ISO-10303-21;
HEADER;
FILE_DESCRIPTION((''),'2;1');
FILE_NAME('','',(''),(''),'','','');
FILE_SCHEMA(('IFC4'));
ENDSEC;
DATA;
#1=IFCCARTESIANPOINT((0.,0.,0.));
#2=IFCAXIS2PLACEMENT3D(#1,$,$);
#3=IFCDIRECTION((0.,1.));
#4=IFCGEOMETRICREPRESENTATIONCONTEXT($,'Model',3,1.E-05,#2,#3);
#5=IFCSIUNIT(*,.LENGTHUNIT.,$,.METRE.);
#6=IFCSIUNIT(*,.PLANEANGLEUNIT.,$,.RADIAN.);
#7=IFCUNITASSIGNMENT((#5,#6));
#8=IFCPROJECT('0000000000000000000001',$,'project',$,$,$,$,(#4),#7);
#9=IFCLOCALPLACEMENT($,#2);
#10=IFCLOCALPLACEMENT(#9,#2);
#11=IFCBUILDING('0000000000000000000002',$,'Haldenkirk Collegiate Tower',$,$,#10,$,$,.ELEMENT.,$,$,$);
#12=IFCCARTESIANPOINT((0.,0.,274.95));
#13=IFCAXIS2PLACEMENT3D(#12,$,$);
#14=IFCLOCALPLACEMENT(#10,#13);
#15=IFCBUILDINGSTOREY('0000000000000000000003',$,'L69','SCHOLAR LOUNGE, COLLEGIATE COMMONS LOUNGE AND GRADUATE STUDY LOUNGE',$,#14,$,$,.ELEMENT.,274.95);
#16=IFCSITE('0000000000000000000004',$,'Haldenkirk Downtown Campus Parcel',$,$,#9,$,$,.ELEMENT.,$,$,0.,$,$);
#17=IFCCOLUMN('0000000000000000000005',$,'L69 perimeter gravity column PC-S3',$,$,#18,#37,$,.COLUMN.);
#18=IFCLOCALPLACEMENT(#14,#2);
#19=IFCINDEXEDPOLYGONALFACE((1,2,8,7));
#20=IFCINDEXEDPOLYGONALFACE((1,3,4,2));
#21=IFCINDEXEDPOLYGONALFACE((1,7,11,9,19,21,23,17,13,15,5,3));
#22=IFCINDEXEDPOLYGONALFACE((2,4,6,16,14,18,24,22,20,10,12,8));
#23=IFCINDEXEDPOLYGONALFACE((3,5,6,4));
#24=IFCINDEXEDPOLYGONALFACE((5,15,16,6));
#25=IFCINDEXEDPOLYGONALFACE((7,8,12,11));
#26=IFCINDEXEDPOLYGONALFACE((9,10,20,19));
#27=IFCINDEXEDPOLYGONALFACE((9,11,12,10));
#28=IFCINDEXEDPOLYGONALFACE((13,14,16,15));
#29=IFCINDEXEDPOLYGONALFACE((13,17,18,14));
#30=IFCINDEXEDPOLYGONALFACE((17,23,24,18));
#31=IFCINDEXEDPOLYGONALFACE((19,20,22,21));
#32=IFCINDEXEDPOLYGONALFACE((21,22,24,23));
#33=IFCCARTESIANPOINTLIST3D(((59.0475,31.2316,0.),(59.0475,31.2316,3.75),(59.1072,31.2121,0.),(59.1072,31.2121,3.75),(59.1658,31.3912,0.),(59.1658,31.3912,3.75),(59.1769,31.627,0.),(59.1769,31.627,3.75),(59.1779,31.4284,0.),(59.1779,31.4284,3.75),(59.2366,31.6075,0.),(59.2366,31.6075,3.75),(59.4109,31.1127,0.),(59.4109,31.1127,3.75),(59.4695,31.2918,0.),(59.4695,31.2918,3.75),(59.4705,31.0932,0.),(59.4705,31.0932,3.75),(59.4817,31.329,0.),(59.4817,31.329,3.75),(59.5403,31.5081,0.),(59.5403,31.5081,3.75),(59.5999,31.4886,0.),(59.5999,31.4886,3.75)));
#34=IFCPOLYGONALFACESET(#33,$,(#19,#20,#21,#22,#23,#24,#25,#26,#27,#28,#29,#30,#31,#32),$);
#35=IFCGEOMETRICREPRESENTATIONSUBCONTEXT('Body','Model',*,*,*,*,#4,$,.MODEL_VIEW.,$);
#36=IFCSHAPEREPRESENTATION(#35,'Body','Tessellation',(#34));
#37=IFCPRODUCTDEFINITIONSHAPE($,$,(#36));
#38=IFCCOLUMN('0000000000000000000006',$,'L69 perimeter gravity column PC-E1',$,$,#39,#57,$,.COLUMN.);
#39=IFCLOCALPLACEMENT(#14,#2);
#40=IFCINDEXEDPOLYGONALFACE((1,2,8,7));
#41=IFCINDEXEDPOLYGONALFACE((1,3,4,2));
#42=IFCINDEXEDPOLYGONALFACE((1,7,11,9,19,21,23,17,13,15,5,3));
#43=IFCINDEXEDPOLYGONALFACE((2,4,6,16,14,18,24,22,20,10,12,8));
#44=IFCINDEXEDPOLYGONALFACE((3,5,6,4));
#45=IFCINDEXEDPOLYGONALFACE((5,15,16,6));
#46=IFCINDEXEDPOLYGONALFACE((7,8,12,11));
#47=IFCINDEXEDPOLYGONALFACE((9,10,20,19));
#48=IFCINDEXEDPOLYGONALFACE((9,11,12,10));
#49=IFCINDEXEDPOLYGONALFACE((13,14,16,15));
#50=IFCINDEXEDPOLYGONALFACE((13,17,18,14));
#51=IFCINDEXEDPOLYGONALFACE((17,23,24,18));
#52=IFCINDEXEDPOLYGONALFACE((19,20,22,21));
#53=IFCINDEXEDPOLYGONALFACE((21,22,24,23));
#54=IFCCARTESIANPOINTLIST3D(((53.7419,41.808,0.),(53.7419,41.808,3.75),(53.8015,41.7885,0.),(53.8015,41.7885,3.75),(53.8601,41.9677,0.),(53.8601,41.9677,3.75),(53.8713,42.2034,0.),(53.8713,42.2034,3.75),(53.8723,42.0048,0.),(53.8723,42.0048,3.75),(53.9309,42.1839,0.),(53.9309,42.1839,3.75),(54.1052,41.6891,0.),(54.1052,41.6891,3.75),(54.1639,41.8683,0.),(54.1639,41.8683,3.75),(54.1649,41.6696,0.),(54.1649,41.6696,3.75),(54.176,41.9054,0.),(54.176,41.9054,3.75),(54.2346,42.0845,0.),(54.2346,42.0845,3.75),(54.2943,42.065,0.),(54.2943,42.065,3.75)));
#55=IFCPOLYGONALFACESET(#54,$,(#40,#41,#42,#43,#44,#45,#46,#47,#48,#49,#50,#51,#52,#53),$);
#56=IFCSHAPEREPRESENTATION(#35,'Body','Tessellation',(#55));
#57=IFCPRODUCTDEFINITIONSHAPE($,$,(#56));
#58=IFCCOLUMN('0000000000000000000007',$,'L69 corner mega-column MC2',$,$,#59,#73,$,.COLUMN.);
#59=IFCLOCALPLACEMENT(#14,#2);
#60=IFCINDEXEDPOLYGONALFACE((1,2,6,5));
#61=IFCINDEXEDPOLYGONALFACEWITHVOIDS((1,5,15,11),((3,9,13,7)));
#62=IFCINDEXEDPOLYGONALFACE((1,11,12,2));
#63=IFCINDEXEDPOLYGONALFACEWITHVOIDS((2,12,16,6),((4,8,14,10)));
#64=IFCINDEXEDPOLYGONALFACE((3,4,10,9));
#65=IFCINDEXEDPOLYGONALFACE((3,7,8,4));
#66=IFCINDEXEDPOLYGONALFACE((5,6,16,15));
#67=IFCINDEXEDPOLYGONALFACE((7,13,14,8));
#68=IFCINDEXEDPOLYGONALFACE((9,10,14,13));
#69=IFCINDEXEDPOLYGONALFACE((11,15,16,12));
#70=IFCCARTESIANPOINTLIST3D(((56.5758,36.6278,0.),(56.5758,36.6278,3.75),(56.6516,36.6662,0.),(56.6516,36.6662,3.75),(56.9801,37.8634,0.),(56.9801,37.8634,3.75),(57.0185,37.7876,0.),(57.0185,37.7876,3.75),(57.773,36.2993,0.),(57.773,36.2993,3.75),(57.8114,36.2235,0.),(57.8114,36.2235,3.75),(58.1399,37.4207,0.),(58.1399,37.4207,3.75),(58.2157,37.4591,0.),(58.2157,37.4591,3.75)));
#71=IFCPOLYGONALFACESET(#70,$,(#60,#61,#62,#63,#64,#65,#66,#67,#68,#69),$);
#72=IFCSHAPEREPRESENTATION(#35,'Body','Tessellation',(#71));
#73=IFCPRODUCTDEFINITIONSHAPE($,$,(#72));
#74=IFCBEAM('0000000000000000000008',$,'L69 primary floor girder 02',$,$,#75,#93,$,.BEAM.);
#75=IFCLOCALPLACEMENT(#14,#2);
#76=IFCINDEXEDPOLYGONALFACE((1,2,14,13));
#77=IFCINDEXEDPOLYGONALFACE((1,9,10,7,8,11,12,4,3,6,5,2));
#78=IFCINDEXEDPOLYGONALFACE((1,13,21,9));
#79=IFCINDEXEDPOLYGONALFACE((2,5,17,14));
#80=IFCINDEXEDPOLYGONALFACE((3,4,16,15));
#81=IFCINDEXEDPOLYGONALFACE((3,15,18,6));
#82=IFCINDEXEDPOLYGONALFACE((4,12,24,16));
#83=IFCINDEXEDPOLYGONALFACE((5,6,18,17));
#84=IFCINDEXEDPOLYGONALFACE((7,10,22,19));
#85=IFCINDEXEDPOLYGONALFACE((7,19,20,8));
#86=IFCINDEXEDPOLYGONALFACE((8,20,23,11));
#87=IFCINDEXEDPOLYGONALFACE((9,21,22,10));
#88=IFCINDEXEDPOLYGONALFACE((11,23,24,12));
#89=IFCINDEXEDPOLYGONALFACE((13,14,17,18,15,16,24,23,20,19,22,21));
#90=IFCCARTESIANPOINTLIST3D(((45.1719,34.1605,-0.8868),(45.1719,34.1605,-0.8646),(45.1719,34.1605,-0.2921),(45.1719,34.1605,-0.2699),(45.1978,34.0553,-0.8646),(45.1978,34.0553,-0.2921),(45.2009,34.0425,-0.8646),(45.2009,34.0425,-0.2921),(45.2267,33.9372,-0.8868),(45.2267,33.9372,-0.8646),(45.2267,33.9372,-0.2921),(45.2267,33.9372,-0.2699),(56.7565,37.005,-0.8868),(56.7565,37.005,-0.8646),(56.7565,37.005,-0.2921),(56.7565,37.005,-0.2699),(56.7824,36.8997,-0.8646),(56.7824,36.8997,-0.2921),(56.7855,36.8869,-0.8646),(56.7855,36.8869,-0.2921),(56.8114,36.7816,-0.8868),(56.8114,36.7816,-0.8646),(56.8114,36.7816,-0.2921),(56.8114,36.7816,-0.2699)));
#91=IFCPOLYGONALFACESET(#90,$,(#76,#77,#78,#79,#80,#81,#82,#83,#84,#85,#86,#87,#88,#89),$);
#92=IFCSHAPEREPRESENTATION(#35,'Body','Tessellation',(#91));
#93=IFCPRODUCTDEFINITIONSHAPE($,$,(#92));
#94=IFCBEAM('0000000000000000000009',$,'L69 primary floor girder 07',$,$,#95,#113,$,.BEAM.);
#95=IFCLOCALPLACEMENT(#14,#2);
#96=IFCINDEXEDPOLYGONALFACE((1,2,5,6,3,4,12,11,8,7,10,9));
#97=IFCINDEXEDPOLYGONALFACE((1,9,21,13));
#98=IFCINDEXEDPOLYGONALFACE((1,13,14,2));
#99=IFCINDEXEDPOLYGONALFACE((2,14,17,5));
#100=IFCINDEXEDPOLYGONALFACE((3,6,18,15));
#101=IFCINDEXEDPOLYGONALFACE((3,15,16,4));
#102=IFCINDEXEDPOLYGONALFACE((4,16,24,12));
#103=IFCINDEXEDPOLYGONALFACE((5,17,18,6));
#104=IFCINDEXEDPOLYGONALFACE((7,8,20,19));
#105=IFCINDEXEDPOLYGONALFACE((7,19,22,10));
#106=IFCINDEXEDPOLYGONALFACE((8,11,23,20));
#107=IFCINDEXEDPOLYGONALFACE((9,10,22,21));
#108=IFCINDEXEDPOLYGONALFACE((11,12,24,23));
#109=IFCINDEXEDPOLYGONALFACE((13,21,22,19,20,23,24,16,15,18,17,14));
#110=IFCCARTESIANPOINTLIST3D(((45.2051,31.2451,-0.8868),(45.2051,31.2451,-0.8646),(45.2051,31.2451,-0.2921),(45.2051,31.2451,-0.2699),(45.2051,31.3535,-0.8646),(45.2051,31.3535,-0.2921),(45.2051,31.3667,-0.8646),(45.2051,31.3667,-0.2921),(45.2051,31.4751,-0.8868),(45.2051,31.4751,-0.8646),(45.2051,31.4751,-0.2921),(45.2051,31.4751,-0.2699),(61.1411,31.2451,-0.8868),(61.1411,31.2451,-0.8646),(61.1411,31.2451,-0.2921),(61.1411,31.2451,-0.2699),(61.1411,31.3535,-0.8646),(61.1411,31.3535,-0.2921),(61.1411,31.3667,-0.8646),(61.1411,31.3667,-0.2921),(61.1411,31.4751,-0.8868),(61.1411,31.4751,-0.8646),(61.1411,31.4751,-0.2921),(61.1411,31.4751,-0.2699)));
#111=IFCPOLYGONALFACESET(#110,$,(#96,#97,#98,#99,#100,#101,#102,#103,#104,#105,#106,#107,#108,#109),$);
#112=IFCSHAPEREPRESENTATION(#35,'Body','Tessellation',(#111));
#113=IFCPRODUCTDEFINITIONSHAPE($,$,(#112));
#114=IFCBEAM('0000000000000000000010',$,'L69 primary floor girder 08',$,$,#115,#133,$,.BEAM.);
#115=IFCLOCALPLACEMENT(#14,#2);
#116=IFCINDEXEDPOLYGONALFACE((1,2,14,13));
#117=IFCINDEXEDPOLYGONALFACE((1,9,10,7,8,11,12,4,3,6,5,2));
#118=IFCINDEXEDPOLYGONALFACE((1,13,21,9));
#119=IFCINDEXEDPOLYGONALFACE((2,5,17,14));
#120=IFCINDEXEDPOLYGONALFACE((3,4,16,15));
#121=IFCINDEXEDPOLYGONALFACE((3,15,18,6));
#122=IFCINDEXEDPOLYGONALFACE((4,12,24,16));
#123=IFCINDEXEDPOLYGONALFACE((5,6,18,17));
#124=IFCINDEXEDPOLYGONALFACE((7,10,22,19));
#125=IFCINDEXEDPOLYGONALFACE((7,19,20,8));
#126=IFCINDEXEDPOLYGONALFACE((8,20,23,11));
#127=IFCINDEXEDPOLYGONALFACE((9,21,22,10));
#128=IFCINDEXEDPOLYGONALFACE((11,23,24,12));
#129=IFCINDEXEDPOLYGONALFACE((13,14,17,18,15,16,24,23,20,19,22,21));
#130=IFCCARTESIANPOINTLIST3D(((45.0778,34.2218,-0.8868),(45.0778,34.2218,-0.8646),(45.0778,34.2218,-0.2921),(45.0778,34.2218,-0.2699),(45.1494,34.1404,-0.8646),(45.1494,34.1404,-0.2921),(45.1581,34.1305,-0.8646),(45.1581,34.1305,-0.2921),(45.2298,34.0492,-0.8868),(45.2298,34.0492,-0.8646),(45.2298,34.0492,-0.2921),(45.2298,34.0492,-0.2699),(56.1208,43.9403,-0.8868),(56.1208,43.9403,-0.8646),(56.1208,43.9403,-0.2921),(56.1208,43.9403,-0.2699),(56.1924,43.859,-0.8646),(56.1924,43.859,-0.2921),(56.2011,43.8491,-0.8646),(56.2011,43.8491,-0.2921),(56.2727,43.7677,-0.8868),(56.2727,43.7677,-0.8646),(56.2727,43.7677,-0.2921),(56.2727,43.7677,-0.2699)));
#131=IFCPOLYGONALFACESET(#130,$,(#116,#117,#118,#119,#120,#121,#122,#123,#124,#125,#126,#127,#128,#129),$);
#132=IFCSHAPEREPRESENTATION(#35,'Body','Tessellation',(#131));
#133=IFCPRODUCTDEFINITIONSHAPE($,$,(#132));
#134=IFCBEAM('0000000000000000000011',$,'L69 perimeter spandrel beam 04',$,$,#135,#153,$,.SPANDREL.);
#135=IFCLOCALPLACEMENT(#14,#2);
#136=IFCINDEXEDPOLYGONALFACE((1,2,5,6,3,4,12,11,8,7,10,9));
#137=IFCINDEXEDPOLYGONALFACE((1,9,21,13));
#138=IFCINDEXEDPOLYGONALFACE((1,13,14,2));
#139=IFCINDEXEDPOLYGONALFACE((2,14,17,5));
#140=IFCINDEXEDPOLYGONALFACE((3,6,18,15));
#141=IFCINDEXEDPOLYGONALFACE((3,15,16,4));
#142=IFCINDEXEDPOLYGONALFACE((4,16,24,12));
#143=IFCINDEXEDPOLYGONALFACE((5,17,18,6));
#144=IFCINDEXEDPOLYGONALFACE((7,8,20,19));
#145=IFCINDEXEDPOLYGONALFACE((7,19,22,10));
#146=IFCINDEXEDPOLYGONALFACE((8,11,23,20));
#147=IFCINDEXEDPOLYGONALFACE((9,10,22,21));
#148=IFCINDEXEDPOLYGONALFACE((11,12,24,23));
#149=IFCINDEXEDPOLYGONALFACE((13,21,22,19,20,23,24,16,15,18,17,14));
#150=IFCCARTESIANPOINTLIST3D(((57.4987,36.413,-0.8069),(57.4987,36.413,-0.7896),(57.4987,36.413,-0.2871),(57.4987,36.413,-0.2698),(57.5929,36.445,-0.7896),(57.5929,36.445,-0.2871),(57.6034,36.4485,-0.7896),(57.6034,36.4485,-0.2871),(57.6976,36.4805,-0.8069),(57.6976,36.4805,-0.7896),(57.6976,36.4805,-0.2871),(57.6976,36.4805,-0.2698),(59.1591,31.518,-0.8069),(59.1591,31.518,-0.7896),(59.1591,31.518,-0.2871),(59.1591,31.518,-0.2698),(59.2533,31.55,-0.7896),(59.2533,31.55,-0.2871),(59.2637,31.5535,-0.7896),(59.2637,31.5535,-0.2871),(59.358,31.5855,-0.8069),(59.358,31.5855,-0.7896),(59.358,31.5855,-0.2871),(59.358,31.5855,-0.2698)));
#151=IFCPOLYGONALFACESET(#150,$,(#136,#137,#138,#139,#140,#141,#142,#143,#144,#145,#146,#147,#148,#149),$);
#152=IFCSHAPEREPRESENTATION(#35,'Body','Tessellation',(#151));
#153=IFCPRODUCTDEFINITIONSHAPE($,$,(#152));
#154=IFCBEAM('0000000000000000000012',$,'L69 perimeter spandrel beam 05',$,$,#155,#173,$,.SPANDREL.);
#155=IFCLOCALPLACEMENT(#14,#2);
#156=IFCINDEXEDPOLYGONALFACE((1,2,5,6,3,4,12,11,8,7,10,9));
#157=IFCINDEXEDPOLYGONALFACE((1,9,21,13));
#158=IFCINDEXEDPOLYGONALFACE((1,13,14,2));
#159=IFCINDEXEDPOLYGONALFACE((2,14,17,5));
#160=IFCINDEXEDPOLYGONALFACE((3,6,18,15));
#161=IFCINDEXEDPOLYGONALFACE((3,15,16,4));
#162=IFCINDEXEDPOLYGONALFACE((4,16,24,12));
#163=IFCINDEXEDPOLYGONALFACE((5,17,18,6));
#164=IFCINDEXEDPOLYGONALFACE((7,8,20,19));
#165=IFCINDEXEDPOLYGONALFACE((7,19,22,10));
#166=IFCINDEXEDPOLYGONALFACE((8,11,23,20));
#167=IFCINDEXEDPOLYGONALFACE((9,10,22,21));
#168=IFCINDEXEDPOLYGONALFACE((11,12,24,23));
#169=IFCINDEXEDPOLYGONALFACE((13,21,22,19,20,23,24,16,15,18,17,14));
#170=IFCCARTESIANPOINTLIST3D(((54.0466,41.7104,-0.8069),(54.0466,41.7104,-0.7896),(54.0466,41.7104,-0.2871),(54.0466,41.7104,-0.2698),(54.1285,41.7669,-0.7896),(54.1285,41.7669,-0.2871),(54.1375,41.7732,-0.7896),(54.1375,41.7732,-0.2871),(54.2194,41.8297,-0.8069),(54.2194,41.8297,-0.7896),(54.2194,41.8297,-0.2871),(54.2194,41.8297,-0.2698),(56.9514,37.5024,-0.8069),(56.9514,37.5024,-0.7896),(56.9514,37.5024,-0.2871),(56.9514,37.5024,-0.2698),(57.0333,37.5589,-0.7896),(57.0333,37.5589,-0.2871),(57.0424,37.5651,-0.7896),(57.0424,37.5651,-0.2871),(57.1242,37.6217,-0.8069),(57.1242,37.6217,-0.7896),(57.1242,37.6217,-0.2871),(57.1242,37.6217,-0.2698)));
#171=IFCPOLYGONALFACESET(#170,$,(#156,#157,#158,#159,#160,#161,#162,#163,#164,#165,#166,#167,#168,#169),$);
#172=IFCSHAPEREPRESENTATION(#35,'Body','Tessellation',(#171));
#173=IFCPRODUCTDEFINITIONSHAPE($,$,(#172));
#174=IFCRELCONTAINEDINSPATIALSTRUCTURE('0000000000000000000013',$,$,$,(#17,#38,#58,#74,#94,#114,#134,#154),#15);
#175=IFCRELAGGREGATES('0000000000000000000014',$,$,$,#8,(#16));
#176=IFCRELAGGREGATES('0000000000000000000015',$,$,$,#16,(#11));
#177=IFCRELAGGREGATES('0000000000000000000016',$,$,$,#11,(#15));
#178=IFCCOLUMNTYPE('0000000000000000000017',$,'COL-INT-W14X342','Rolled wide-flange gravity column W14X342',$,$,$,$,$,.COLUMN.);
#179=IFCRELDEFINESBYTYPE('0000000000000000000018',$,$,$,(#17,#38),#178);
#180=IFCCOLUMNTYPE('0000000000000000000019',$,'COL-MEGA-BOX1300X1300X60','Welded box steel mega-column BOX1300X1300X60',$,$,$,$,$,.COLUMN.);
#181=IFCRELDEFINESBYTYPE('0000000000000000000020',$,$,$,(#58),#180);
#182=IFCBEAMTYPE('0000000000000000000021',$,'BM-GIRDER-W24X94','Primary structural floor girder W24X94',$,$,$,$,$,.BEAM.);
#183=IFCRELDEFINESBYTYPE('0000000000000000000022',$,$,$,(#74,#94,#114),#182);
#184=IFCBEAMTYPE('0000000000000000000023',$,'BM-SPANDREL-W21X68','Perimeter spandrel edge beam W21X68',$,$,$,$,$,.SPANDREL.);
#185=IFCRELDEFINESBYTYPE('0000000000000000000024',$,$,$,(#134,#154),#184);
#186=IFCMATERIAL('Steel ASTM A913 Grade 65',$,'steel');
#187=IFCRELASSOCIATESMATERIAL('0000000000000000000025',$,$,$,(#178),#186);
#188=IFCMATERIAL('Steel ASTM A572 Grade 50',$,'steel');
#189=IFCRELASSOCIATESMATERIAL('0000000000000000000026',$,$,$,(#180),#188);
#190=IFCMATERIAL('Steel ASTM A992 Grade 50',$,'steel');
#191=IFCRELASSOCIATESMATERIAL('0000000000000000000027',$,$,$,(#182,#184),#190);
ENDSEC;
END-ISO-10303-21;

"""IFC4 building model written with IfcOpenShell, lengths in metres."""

from ifc_helpers import new_model, si_unit, direction, frame, origin, origin_2d, place, context, subcontext, project, spatial, hollow_rectangle, i_section, extrude, material, material_profile, profile_set, type_object, element, save


model = new_model("IFC4")

# Units and contexts
model_context = context("Model", 3, precision=1e-05, world=origin(), true_north=direction((0.0, 1.0)))
body_context = subcontext(model_context, "Body", "Model", "MODEL_VIEW")
ifc_project = project(units=[si_unit("LENGTHUNIT", "METRE"), si_unit("PLANEANGLEUNIT", "RADIAN")], contexts=[model_context])

# Site, building, storey
site_placement = place(None, origin())
site = spatial("IfcSite", under=ifc_project, at=site_placement, Name="Haldenkirk Downtown Campus Parcel", CompositionType="ELEMENT", RefElevation=0.0)
building_placement = place(site_placement, origin())
building = spatial("IfcBuilding", under=site, at=building_placement, Name="Haldenkirk Collegiate Tower", CompositionType="ELEMENT")
storey_placement = place(building_placement, frame((0.0, 0.0, 274.95)))
storey = spatial("IfcBuildingStorey", under=building, at=storey_placement, Name="L69", Description="SCHOLAR LOUNGE, COLLEGIATE COMMONS LOUNGE AND GRADUATE STUDY LOUNGE", CompositionType="ELEMENT", Elevation=274.95)

# Columns
ifc_material_1 = material(Name="Steel ASTM A913 Grade 65", Category="steel")
ifc_material_profile_1 = material_profile(ifc_material_1, i_section(OverallWidth=0.416, OverallDepth=0.4451, WebThickness=0.0391, FlangeThickness=0.0627, at=origin_2d()), Name="W14X342")
ifc_profile_set_1 = profile_set([ifc_material_profile_1], Name="Steel ASTM A913 Grade 65")
column_type_1 = type_object("IfcColumnType", Name="COL-INT-W14X342", Description="Rolled wide-flange gravity column W14X342", PredefinedType="COLUMN", material=ifc_profile_set_1)
for number, where, z_axis, x_axis, name in (
    (1, (59.3237, 31.3601, 0.0), (0.0, 0.0, 1.0), (0.311008, 0.950407, 0.0), "L69 perimeter gravity column PC-S3"),
    (2, (54.0181, 41.9365, 0.0), (0.0, 0.0, 1.0), (0.311008, 0.950407, 0.0), "L69 perimeter gravity column PC-E1"),
):
    element("IfcColumn", number, at=place(storey_placement, frame(where, z_axis=z_axis, x_axis=x_axis)), inside=storey, type_object=column_type_1, Name=name, PredefinedType="COLUMN", context=body_context, shape_type="SweptSolid", body=[
        extrude(i_section(OverallWidth=0.416, OverallDepth=0.4451, WebThickness=0.0391, FlangeThickness=0.0627, at=origin_2d()), origin(), (0.0, 0.0, 1.0), 3.75),
    ])
ifc_material_2 = material(Name="Steel ASTM A572 Grade 50", Category="steel")
ifc_material_profile_2 = material_profile(ifc_material_2, hollow_rectangle(XDim=1.3, YDim=1.3, WallThickness=0.0601, at=origin_2d()), Name="BOX1300X1300X60")
ifc_profile_set_2 = profile_set([ifc_material_profile_2], Name="Steel ASTM A572 Grade 50")
column_type_2 = type_object("IfcColumnType", Name="COL-MEGA-BOX1300X1300X60", Description="Welded box steel mega-column BOX1300X1300X60", PredefinedType="COLUMN", material=ifc_profile_set_2)
column_placement = place(storey_placement, frame((57.3958, 37.0435, 0.0), z_axis=(0.0, 0.0, 1.0), x_axis=(0.311008, 0.950407, 0.0)))
element("IfcColumn", 3, at=column_placement, inside=storey, type_object=column_type_2, Name="L69 corner mega-column MC2", PredefinedType="COLUMN", context=body_context, shape_type="SweptSolid", body=[
    extrude(hollow_rectangle(XDim=1.3, YDim=1.3, WallThickness=0.0601, at=origin_2d()), origin(), (0.0, 0.0, 1.0), 3.75),
])

# Beams
ifc_material_3 = material(Name="Steel ASTM A992 Grade 50", Category="steel")
ifc_material_profile_3 = material_profile(ifc_material_3, i_section(OverallWidth=0.23, OverallDepth=0.6169, WebThickness=0.0132, FlangeThickness=0.0222, at=origin_2d()), Name="W24X94")
ifc_profile_set_3 = profile_set([ifc_material_profile_3], Name="Steel ASTM A992 Grade 50")
beam_type_1 = type_object("IfcBeamType", Name="BM-GIRDER-W24X94", Description="Primary structural floor girder W24X94", PredefinedType="BEAM", material=ifc_profile_set_3)
beam_1_placement = place(storey_placement, frame((56.7839, 36.8933, -0.5784), z_axis=(-0.971154, -0.238455, 0.0), x_axis=(0.238455, -0.971154, 0.0)))
element("IfcBeam", 4, at=beam_1_placement, inside=storey, type_object=beam_type_1, Name="L69 primary floor girder 02", PredefinedType="BEAM", context=body_context, shape_type="SweptSolid", body=[
    extrude(i_section(OverallWidth=0.23, OverallDepth=0.6169, WebThickness=0.0132, FlangeThickness=0.0222, at=origin_2d()), origin(), (0.0, 0.0, 1.0), 11.9287),
])
beam_2_placement = place(storey_placement, frame((61.1411, 31.3601, -0.5784), z_axis=(-1.0, 0.0, 0.0), x_axis=(0.0, -1.0, 0.0)))
element("IfcBeam", 5, at=beam_2_placement, inside=storey, type_object=beam_type_1, Name="L69 primary floor girder 07", PredefinedType="BEAM", context=body_context, shape_type="SweptSolid", body=[
    extrude(i_section(OverallWidth=0.23, OverallDepth=0.6169, WebThickness=0.0132, FlangeThickness=0.0222, at=origin_2d()), origin(), (0.0, 0.0, 1.0), 15.936),
])
beam_3_placement = place(storey_placement, frame((56.1968, 43.854, -0.5784), z_axis=(-0.75069, -0.660654, 0.0), x_axis=(0.660654, -0.75069, 0.0)))
element("IfcBeam", 6, at=beam_3_placement, inside=storey, type_object=beam_type_1, Name="L69 primary floor girder 08", PredefinedType="BEAM", context=body_context, shape_type="SweptSolid", body=[
    extrude(i_section(OverallWidth=0.23, OverallDepth=0.6169, WebThickness=0.0132, FlangeThickness=0.0222, at=origin_2d()), origin(), (0.0, 0.0, 1.0), 14.7104),
])
ifc_material_profile_4 = material_profile(ifc_material_3, i_section(OverallWidth=0.21, OverallDepth=0.5371, WebThickness=0.011, FlangeThickness=0.0173, at=origin_2d()), Name="W21X68")
ifc_profile_set_4 = profile_set([ifc_material_profile_4], Name="Steel ASTM A992 Grade 50")
beam_type_2 = type_object("IfcBeamType", Name="BM-SPANDREL-W21X68", Description="Perimeter spandrel edge beam W21X68", PredefinedType="SPANDREL", material=ifc_profile_set_4)
beam_4_placement = place(storey_placement, frame((59.2585, 31.5518, -0.5383), z_axis=(-0.321225, 0.947003, 0.0), x_axis=(-0.947003, -0.321225, 0.0)))
element("IfcBeam", 7, at=beam_4_placement, inside=storey, type_object=beam_type_2, Name="L69 perimeter spandrel beam 04", PredefinedType="SPANDREL", context=body_context, shape_type="SweptSolid", body=[
    extrude(i_section(OverallWidth=0.21, OverallDepth=0.5371, WebThickness=0.011, FlangeThickness=0.0173, at=origin_2d()), origin(), (0.0, 0.0, 1.0), 5.1689),
])
beam_5_placement = place(storey_placement, frame((57.0378, 37.562, -0.5383), z_axis=(-0.568092, 0.822965, 0.0), x_axis=(-0.822965, -0.568092, 0.0)))
element("IfcBeam", 8, at=beam_5_placement, inside=storey, type_object=beam_type_2, Name="L69 perimeter spandrel beam 05", PredefinedType="SPANDREL", context=body_context, shape_type="SweptSolid", body=[
    extrude(i_section(OverallWidth=0.21, OverallDepth=0.5371, WebThickness=0.011, FlangeThickness=0.0173, at=origin_2d()), origin(), (0.0, 0.0, 1.0), 5.1133),
])

save(model, "model.ifc")
